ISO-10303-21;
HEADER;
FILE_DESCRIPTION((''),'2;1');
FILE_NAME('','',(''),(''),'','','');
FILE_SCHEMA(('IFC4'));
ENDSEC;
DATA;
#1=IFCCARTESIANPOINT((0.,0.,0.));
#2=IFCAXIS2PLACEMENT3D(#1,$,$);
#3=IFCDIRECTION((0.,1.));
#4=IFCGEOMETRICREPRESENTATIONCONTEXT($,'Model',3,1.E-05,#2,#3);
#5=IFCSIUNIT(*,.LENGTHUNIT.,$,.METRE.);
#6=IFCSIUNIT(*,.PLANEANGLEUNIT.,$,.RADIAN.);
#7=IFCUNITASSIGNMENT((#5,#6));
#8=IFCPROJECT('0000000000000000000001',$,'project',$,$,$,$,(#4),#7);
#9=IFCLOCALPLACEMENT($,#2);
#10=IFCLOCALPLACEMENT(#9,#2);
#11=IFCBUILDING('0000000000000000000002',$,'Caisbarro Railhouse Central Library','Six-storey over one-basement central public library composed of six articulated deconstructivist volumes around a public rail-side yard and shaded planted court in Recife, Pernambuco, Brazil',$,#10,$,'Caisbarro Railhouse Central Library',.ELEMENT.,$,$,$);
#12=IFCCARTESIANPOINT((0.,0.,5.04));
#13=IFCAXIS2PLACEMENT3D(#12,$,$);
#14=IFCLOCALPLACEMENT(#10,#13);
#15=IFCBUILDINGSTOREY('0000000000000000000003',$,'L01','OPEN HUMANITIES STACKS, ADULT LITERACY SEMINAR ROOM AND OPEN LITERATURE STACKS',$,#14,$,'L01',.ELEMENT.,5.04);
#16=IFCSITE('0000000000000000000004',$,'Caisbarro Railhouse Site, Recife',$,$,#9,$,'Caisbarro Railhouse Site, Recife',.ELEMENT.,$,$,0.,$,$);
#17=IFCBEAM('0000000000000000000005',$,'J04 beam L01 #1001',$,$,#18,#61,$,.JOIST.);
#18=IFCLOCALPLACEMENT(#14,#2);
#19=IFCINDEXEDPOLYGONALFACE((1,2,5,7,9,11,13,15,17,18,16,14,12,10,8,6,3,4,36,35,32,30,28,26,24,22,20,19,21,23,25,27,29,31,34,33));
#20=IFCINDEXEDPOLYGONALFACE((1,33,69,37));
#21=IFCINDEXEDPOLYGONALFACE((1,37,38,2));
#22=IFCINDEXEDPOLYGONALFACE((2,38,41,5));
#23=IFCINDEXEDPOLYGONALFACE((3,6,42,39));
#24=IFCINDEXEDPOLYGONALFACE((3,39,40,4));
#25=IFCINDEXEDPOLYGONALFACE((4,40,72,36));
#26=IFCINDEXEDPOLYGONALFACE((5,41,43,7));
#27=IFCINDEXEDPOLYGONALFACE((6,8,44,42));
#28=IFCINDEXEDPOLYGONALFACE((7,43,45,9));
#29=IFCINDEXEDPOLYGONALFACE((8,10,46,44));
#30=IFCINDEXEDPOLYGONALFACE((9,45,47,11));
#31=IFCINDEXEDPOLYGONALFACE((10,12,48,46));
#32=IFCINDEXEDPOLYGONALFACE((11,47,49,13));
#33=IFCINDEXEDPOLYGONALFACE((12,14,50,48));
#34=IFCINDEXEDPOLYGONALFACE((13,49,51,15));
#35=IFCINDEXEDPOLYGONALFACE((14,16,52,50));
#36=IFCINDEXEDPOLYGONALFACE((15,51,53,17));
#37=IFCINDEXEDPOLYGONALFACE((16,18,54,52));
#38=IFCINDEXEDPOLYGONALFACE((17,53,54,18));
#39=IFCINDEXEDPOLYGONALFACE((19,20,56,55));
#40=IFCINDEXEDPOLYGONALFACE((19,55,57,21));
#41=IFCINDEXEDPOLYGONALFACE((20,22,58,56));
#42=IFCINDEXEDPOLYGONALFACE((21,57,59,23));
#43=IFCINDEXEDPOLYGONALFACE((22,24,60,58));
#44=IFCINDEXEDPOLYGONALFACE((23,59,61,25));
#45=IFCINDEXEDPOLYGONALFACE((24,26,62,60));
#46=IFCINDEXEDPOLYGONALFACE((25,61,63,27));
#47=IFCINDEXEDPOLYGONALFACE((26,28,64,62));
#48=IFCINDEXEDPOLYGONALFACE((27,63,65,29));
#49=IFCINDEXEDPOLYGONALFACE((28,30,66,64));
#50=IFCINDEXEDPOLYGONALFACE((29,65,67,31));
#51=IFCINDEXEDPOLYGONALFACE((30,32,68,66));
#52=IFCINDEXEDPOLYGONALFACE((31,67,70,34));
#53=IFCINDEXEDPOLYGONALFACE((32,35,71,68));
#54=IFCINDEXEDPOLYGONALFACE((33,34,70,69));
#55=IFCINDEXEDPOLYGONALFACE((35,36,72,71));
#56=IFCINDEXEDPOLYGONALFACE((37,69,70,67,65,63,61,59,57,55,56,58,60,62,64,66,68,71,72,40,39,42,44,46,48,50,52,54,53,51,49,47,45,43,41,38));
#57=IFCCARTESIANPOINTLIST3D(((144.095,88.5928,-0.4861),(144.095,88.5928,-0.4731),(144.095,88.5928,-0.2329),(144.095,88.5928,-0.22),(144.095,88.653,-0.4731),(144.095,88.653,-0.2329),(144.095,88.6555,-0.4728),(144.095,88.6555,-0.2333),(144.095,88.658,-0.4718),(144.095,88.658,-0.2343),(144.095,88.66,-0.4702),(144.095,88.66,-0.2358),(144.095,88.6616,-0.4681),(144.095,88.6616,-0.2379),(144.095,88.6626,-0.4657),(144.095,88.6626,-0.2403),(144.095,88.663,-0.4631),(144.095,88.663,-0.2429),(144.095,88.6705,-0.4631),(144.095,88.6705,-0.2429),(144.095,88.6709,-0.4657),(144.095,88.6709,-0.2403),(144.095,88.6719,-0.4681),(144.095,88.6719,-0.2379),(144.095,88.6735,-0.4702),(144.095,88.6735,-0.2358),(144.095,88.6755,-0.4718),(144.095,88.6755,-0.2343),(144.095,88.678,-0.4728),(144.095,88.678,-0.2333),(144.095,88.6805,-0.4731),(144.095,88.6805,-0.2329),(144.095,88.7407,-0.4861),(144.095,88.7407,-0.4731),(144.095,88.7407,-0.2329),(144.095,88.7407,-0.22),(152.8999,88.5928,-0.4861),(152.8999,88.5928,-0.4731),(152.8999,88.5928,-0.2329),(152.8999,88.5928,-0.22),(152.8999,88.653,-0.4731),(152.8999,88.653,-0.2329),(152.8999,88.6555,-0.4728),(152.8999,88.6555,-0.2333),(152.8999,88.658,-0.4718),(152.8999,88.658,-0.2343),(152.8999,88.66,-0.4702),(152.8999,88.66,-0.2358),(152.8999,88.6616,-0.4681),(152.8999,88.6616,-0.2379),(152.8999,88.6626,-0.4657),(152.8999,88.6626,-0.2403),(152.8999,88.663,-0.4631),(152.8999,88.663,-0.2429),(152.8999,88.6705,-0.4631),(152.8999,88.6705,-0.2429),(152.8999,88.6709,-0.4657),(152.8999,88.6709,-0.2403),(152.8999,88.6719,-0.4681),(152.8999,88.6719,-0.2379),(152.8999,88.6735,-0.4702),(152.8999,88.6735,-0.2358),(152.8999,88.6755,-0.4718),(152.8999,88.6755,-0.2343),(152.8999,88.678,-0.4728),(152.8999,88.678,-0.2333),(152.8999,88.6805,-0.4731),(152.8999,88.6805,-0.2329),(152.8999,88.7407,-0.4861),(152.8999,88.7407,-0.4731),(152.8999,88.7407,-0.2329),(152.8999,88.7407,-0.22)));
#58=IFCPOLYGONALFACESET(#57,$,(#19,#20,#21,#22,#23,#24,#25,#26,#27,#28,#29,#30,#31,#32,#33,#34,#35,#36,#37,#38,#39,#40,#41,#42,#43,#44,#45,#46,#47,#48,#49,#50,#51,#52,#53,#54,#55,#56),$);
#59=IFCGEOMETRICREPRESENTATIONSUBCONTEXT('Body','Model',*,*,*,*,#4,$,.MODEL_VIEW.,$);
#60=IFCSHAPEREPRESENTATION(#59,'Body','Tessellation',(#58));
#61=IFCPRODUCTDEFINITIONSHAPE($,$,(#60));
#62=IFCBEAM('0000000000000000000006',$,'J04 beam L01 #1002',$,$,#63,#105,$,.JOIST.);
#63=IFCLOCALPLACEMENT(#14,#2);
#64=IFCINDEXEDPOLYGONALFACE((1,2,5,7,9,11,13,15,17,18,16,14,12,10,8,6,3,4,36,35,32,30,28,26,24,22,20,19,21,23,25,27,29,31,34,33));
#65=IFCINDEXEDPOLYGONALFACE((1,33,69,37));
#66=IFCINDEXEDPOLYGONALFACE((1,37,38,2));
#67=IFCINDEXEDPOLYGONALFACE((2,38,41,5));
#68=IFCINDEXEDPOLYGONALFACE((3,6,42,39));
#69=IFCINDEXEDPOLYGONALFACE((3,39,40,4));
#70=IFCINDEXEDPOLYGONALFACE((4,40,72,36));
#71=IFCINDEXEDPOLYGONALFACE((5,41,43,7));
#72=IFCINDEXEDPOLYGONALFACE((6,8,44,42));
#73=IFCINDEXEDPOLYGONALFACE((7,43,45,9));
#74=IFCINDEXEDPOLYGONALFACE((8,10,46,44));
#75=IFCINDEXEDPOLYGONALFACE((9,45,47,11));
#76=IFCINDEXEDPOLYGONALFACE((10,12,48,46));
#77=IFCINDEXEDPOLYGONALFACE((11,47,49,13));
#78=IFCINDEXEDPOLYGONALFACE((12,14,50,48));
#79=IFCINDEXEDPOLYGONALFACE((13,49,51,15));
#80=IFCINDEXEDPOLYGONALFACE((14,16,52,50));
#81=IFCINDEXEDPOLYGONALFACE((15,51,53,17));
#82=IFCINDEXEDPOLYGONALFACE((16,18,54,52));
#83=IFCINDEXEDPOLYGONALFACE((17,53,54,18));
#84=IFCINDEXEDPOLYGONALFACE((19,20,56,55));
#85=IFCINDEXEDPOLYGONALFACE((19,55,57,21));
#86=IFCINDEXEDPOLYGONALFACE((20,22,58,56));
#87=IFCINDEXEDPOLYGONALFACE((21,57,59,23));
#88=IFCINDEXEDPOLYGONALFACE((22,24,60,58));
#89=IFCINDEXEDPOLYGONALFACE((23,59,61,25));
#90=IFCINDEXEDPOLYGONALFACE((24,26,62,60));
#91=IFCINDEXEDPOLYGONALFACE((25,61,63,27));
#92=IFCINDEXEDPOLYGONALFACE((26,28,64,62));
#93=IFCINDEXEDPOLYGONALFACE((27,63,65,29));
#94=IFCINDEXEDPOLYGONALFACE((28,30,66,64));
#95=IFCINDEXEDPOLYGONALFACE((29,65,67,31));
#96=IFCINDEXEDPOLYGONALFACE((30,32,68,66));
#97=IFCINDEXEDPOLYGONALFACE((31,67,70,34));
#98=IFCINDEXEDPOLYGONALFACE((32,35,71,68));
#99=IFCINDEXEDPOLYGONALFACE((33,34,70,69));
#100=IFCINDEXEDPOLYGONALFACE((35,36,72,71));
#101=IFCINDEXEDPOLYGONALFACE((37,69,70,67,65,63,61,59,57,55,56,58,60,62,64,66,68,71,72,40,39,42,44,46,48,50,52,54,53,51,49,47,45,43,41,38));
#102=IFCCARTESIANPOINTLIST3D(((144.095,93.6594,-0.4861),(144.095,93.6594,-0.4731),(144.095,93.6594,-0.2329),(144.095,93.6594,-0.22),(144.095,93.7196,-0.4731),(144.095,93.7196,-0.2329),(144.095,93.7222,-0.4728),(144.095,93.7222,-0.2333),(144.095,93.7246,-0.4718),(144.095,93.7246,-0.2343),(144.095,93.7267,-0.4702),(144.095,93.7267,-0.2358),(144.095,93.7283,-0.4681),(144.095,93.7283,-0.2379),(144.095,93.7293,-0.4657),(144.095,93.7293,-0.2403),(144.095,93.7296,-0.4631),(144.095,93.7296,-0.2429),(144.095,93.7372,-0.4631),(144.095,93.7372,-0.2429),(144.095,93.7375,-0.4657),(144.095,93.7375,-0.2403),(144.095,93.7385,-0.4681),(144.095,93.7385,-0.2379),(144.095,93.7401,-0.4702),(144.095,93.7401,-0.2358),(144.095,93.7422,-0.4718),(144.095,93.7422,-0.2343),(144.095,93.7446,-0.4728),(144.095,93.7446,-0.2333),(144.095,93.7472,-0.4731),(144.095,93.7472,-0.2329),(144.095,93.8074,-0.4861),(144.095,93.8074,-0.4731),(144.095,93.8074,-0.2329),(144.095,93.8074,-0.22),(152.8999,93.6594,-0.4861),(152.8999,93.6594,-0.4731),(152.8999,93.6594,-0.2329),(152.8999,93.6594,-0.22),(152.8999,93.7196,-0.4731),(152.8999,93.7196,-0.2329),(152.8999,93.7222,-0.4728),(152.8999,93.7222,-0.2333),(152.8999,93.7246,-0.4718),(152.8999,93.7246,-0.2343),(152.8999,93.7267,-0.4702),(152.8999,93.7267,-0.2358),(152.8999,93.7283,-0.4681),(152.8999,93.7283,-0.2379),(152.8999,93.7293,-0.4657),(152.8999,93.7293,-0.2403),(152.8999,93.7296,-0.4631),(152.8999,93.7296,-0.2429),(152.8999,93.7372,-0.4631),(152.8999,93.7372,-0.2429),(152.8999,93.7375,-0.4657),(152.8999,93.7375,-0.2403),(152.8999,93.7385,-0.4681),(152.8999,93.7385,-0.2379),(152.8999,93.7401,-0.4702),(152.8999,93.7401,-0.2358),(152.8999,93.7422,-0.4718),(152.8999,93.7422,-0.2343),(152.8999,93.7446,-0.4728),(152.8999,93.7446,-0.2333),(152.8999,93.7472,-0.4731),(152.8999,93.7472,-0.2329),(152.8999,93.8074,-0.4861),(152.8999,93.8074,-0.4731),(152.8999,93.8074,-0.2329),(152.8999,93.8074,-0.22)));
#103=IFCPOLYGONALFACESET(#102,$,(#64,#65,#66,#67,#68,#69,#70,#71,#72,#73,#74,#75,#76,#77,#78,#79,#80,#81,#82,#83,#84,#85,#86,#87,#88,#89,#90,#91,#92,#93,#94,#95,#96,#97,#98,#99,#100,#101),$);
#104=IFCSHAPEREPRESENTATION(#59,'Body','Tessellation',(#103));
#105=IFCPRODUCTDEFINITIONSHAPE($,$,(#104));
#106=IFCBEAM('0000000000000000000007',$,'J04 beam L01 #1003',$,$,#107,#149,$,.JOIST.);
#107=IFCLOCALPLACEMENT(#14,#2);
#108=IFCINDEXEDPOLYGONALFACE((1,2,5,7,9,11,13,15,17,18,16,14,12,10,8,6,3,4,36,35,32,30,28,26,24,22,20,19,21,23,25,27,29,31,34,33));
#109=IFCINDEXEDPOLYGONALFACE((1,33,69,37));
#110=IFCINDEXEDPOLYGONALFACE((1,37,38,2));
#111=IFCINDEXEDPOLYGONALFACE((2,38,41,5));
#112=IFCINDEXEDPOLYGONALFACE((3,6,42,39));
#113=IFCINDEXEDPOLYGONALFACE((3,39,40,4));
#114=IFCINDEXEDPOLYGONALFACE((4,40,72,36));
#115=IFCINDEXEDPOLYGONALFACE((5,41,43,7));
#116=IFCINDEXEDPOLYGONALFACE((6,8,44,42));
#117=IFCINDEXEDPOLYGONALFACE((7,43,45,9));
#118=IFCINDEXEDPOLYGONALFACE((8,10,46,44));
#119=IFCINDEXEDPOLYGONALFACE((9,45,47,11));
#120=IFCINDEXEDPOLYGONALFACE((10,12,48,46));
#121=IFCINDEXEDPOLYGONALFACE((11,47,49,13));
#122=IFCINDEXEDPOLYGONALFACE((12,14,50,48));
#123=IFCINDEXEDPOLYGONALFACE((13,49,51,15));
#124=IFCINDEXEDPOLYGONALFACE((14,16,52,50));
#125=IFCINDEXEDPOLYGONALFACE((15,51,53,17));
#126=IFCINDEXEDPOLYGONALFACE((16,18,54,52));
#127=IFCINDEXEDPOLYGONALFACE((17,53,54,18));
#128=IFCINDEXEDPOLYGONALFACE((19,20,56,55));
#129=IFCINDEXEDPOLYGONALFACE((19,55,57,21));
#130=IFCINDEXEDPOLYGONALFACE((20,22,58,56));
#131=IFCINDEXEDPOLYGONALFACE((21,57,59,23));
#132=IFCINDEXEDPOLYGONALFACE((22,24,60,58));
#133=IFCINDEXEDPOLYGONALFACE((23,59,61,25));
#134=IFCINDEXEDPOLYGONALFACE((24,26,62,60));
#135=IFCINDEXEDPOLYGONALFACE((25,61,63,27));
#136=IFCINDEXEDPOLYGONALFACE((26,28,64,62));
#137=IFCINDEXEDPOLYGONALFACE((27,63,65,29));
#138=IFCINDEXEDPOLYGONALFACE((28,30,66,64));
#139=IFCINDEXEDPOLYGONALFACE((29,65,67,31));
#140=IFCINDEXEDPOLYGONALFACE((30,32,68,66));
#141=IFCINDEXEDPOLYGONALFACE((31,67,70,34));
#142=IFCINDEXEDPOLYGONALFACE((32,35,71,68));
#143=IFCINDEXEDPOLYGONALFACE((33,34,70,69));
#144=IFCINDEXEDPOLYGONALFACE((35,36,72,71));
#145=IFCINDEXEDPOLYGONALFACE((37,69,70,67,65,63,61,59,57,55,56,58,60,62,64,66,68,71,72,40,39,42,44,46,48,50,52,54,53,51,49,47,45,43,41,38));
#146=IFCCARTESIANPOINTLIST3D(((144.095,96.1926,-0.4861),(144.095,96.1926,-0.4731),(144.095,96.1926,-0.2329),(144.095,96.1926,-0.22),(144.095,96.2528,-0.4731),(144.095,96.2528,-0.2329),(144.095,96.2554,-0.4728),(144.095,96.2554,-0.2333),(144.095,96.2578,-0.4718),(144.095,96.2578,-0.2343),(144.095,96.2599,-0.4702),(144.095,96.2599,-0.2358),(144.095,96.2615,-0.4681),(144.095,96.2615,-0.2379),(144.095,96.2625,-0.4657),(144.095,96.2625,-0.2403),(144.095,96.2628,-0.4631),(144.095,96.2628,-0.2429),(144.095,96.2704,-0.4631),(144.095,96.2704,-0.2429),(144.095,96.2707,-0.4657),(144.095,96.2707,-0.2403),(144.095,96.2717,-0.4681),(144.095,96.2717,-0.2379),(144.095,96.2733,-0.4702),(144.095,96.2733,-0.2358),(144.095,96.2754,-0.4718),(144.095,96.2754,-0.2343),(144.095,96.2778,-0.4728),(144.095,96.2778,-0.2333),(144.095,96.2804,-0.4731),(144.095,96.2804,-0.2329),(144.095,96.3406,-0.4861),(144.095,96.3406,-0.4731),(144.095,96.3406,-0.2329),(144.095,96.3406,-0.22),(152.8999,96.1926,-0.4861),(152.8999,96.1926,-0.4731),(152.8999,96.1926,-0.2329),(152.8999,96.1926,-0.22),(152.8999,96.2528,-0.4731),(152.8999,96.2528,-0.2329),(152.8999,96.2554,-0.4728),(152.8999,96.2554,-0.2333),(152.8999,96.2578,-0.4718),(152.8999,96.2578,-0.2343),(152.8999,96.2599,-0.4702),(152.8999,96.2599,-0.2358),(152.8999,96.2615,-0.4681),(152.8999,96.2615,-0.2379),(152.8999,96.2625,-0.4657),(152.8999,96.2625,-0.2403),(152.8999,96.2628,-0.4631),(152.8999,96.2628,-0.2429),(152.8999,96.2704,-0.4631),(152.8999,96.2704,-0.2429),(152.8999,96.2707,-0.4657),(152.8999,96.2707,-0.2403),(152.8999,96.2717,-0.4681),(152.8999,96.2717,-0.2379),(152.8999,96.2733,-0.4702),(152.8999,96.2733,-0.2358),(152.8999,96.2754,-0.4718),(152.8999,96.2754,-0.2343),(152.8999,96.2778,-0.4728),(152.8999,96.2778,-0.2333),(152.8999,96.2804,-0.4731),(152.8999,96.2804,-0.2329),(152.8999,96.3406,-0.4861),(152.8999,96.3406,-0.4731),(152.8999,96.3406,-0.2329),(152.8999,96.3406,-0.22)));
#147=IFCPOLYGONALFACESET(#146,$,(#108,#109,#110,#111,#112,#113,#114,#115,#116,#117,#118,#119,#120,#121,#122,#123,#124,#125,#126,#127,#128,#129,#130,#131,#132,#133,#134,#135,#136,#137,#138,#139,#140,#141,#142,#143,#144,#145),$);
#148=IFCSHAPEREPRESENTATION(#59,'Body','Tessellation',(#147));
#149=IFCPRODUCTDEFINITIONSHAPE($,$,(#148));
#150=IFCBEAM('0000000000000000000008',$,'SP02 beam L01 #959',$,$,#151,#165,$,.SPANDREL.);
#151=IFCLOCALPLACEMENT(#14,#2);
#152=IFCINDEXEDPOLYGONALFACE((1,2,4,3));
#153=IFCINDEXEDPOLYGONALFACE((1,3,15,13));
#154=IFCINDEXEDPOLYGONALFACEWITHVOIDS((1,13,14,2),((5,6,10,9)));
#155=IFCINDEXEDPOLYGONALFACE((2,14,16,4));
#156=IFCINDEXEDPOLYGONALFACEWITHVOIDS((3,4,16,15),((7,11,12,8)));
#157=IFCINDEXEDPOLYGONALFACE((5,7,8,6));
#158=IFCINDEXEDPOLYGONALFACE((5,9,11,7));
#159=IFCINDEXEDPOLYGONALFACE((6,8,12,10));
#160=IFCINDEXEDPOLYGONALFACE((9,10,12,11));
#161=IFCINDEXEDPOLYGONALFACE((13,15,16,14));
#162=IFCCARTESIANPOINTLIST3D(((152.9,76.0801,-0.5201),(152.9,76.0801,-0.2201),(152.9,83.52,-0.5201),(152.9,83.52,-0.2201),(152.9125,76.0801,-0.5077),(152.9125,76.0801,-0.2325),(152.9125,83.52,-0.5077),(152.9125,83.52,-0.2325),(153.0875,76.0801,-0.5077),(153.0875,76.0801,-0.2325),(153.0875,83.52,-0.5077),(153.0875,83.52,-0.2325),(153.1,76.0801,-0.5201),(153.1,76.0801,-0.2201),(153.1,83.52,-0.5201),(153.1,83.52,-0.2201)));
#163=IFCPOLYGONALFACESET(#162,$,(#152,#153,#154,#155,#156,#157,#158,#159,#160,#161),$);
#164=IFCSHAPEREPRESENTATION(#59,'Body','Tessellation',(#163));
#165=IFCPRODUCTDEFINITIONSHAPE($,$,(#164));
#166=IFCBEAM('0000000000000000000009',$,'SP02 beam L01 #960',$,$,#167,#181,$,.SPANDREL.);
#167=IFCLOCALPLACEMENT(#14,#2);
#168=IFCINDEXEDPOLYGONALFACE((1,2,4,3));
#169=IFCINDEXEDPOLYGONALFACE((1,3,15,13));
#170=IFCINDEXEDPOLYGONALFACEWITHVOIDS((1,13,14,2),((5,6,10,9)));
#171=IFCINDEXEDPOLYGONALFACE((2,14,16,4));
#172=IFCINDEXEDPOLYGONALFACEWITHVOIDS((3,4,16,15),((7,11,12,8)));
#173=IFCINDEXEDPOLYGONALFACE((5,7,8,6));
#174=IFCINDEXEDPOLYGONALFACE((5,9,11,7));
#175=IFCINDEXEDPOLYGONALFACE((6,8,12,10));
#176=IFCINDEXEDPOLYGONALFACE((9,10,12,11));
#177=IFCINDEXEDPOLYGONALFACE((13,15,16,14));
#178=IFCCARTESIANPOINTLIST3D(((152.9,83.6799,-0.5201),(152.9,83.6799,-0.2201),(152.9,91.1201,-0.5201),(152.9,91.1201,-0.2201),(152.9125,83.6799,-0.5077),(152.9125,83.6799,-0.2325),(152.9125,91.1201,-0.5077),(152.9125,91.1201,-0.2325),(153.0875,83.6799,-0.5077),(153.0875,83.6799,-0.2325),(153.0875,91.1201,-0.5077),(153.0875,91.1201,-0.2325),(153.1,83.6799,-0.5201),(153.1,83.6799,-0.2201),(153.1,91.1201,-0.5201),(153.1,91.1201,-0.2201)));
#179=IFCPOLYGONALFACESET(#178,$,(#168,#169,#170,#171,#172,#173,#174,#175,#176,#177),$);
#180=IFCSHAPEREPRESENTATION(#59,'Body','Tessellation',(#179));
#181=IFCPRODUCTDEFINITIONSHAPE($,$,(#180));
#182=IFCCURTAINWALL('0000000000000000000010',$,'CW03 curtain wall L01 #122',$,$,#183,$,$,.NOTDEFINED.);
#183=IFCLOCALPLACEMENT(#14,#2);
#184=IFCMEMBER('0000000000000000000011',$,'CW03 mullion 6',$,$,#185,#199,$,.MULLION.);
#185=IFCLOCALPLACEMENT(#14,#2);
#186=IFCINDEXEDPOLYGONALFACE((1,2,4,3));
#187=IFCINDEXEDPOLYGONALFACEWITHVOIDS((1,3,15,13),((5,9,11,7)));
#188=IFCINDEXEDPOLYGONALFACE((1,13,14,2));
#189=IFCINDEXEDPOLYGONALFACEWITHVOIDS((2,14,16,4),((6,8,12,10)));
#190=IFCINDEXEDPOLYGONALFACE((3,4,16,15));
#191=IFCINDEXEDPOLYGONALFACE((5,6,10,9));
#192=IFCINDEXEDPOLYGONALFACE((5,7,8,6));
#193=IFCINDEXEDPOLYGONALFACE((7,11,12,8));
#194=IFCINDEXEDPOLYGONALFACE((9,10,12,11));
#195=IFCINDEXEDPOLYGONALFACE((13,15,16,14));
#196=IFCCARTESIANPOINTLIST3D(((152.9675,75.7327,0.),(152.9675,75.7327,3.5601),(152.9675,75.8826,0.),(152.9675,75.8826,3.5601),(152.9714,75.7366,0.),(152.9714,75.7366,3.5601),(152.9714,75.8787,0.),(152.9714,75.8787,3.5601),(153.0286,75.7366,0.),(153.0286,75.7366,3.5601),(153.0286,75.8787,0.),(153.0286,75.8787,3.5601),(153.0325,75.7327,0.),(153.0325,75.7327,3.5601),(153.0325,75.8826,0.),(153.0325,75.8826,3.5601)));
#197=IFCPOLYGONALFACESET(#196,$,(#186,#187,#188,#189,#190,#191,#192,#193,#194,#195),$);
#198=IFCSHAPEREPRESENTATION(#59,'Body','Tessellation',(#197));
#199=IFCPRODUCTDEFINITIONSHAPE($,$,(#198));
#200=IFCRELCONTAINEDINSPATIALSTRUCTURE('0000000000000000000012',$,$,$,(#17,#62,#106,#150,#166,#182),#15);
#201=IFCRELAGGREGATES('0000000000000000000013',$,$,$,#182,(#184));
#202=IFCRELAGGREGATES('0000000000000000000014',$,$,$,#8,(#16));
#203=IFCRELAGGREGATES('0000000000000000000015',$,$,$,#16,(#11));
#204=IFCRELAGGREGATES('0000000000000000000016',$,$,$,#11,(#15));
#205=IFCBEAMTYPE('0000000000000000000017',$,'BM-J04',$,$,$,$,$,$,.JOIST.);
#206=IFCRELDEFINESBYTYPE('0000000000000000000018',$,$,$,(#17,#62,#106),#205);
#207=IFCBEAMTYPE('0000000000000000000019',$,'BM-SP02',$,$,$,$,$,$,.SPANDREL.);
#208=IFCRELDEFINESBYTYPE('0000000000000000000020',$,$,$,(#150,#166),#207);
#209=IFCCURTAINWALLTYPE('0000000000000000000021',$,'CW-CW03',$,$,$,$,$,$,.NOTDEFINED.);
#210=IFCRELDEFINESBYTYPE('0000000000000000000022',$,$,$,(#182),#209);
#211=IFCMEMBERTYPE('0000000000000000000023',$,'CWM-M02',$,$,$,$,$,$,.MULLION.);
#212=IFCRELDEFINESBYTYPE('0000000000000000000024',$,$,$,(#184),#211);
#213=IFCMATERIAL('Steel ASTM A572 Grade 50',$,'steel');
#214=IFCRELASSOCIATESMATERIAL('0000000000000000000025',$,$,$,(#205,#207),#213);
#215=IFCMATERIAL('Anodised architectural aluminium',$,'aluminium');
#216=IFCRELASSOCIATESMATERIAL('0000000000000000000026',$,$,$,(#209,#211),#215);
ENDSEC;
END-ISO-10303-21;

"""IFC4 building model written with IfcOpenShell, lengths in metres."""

from ifc_helpers import new_model, si_unit, direction, frame, origin, origin_2d, place, context, subcontext, project, spatial, hollow_rectangle, i_section, extrude, material, material_profile, profile_set, type_object, element, aggregate, save


model = new_model("IFC4")

# Units and contexts
model_context = context("Model", 3, precision=1e-05, world=origin(), true_north=direction((0.0, 1.0)))
body_context = subcontext(model_context, "Body", "Model", "MODEL_VIEW")
ifc_project = project(units=[si_unit("LENGTHUNIT", "METRE"), si_unit("PLANEANGLEUNIT", "RADIAN")], contexts=[model_context])

# Site, building, storey
site_placement = place(None, origin())
site = spatial("IfcSite", under=ifc_project, at=site_placement, Name="Caisbarro Railhouse Site, Recife", LongName="Caisbarro Railhouse Site, Recife", CompositionType="ELEMENT", RefElevation=0.0)
building_placement = place(site_placement, origin())
building = spatial("IfcBuilding", under=site, at=building_placement, Name="Caisbarro Railhouse Central Library", Description="Six-storey over one-basement central public library composed of six articulated deconstructivist volumes around a public rail-side yard and shaded planted court in Recife, Pernambuco, Brazil", LongName="Caisbarro Railhouse Central Library", CompositionType="ELEMENT")
storey_placement = place(building_placement, frame((0.0, 0.0, 5.04)))
storey = spatial("IfcBuildingStorey", under=building, at=storey_placement, Name="L01", Description="OPEN HUMANITIES STACKS, ADULT LITERACY SEMINAR ROOM AND OPEN LITERATURE STACKS", LongName="L01", CompositionType="ELEMENT", Elevation=5.04)

# Shared definitions
ifc_material_1 = material(Name="Steel ASTM A572 Grade 50", Category="steel")

# Beams
ifc_material_profile_1 = material_profile(ifc_material_1, i_section(OverallWidth=0.1479, OverallDepth=0.2661, WebThickness=0.0076, FlangeThickness=0.0129, FilletRadius=0.01, at=origin_2d()), Name="W250X44.8")
ifc_profile_set_1 = profile_set([ifc_material_profile_1], Name="Steel ASTM A572 Grade 50")
beam_type_1 = type_object("IfcBeamType", Name="BM-J04", PredefinedType="JOIST", material=ifc_profile_set_1)
for number, where, z_axis, x_axis, name in (
    (1, (144.095, 88.6667, -0.353), (1.0, 0.0, 0.0), (0.0, 1.0, 0.0), "J04 beam L01 #1001"),
    (2, (144.095, 93.7334, -0.353), (1.0, 0.0, 0.0), (0.0, 1.0, 0.0), "J04 beam L01 #1002"),
    (3, (144.095, 96.2666, -0.353), (1.0, 0.0, 0.0), (0.0, 1.0, 0.0), "J04 beam L01 #1003"),
):
    element("IfcBeam", number, at=place(storey_placement, frame(where, z_axis=z_axis, x_axis=x_axis)), inside=storey, type_object=beam_type_1, Name=name, PredefinedType="JOIST", context=body_context, shape_type="SweptSolid", body=[
        extrude(i_section(OverallWidth=0.1479, OverallDepth=0.2661, WebThickness=0.0076, FlangeThickness=0.0129, FilletRadius=0.01, at=origin_2d()), origin(), (0.0, 0.0, 1.0), 8.8049),
    ])
ifc_material_profile_2 = material_profile(ifc_material_1, hollow_rectangle(XDim=0.2, YDim=0.3, WallThickness=0.0125, at=origin_2d()), Name="HSS300X200X12.5")
ifc_profile_set_2 = profile_set([ifc_material_profile_2], Name="Steel ASTM A572 Grade 50")
beam_type_2 = type_object("IfcBeamType", Name="BM-SP02", PredefinedType="SPANDREL", material=ifc_profile_set_2)
beam_1_placement = place(storey_placement, frame((153.0, 76.0801, -0.3701), z_axis=(0.0, 1.0, 0.0), x_axis=(-1.0, 0.0, 0.0)))
element("IfcBeam", 4, at=beam_1_placement, inside=storey, type_object=beam_type_2, Name="SP02 beam L01 #959", PredefinedType="SPANDREL", context=body_context, shape_type="SweptSolid", body=[
    extrude(hollow_rectangle(XDim=0.2, YDim=0.3, WallThickness=0.0125, at=origin_2d()), origin(), (0.0, 0.0, 1.0), 7.4399),
])
beam_2_placement = place(storey_placement, frame((153.0, 83.6799, -0.3701), z_axis=(0.0, 1.0, 0.0), x_axis=(-1.0, 0.0, 0.0)))
element("IfcBeam", 5, at=beam_2_placement, inside=storey, type_object=beam_type_2, Name="SP02 beam L01 #960", PredefinedType="SPANDREL", context=body_context, shape_type="SweptSolid", body=[
    extrude(hollow_rectangle(XDim=0.2, YDim=0.3, WallThickness=0.0125, at=origin_2d()), origin(), (0.0, 0.0, 1.0), 7.4402),
])

# Curtain wall, member
ifc_material_2 = material(Name="Anodised architectural aluminium", Category="aluminium")
curtain_wall_type = type_object("IfcCurtainWallType", Name="CW-CW03", PredefinedType="NOTDEFINED", material=ifc_material_2)
curtain_wall_1_placement = place(storey_placement, origin())
curtain_wall_1 = element("IfcCurtainWall", 6, at=curtain_wall_1_placement, inside=storey, type_object=curtain_wall_type, Name="CW03 curtain wall L01 #122", PredefinedType="NOTDEFINED")
ifc_material_profile_3 = material_profile(ifc_material_2, hollow_rectangle(XDim=0.0649, YDim=0.1499, WallThickness=0.0039, at=origin_2d()), Name="ALU-MUL-65X150")
ifc_profile_set_3 = profile_set([ifc_material_profile_3], Name="Anodised architectural aluminium")
member_type_1 = type_object("IfcMemberType", Name="CWM-M02", PredefinedType="MULLION", material=ifc_profile_set_3)
member_1_placement = place(storey_placement, frame((153.0, 75.8076, 0.0), z_axis=(0.0, 0.0, 1.0), x_axis=(-1.0, 0.0, 0.0)))
member_1 = element("IfcMember", 7, at=member_1_placement, type_object=member_type_1, Name="CW03 mullion 6", PredefinedType="MULLION", context=body_context, shape_type="SweptSolid", body=[
    extrude(hollow_rectangle(XDim=0.0649, YDim=0.1499, WallThickness=0.0039, at=origin_2d()), origin(), (0.0, 0.0, 1.0), 3.5601),
])
aggregate(curtain_wall_1, [member_1])

save(model, "model.ifc")
